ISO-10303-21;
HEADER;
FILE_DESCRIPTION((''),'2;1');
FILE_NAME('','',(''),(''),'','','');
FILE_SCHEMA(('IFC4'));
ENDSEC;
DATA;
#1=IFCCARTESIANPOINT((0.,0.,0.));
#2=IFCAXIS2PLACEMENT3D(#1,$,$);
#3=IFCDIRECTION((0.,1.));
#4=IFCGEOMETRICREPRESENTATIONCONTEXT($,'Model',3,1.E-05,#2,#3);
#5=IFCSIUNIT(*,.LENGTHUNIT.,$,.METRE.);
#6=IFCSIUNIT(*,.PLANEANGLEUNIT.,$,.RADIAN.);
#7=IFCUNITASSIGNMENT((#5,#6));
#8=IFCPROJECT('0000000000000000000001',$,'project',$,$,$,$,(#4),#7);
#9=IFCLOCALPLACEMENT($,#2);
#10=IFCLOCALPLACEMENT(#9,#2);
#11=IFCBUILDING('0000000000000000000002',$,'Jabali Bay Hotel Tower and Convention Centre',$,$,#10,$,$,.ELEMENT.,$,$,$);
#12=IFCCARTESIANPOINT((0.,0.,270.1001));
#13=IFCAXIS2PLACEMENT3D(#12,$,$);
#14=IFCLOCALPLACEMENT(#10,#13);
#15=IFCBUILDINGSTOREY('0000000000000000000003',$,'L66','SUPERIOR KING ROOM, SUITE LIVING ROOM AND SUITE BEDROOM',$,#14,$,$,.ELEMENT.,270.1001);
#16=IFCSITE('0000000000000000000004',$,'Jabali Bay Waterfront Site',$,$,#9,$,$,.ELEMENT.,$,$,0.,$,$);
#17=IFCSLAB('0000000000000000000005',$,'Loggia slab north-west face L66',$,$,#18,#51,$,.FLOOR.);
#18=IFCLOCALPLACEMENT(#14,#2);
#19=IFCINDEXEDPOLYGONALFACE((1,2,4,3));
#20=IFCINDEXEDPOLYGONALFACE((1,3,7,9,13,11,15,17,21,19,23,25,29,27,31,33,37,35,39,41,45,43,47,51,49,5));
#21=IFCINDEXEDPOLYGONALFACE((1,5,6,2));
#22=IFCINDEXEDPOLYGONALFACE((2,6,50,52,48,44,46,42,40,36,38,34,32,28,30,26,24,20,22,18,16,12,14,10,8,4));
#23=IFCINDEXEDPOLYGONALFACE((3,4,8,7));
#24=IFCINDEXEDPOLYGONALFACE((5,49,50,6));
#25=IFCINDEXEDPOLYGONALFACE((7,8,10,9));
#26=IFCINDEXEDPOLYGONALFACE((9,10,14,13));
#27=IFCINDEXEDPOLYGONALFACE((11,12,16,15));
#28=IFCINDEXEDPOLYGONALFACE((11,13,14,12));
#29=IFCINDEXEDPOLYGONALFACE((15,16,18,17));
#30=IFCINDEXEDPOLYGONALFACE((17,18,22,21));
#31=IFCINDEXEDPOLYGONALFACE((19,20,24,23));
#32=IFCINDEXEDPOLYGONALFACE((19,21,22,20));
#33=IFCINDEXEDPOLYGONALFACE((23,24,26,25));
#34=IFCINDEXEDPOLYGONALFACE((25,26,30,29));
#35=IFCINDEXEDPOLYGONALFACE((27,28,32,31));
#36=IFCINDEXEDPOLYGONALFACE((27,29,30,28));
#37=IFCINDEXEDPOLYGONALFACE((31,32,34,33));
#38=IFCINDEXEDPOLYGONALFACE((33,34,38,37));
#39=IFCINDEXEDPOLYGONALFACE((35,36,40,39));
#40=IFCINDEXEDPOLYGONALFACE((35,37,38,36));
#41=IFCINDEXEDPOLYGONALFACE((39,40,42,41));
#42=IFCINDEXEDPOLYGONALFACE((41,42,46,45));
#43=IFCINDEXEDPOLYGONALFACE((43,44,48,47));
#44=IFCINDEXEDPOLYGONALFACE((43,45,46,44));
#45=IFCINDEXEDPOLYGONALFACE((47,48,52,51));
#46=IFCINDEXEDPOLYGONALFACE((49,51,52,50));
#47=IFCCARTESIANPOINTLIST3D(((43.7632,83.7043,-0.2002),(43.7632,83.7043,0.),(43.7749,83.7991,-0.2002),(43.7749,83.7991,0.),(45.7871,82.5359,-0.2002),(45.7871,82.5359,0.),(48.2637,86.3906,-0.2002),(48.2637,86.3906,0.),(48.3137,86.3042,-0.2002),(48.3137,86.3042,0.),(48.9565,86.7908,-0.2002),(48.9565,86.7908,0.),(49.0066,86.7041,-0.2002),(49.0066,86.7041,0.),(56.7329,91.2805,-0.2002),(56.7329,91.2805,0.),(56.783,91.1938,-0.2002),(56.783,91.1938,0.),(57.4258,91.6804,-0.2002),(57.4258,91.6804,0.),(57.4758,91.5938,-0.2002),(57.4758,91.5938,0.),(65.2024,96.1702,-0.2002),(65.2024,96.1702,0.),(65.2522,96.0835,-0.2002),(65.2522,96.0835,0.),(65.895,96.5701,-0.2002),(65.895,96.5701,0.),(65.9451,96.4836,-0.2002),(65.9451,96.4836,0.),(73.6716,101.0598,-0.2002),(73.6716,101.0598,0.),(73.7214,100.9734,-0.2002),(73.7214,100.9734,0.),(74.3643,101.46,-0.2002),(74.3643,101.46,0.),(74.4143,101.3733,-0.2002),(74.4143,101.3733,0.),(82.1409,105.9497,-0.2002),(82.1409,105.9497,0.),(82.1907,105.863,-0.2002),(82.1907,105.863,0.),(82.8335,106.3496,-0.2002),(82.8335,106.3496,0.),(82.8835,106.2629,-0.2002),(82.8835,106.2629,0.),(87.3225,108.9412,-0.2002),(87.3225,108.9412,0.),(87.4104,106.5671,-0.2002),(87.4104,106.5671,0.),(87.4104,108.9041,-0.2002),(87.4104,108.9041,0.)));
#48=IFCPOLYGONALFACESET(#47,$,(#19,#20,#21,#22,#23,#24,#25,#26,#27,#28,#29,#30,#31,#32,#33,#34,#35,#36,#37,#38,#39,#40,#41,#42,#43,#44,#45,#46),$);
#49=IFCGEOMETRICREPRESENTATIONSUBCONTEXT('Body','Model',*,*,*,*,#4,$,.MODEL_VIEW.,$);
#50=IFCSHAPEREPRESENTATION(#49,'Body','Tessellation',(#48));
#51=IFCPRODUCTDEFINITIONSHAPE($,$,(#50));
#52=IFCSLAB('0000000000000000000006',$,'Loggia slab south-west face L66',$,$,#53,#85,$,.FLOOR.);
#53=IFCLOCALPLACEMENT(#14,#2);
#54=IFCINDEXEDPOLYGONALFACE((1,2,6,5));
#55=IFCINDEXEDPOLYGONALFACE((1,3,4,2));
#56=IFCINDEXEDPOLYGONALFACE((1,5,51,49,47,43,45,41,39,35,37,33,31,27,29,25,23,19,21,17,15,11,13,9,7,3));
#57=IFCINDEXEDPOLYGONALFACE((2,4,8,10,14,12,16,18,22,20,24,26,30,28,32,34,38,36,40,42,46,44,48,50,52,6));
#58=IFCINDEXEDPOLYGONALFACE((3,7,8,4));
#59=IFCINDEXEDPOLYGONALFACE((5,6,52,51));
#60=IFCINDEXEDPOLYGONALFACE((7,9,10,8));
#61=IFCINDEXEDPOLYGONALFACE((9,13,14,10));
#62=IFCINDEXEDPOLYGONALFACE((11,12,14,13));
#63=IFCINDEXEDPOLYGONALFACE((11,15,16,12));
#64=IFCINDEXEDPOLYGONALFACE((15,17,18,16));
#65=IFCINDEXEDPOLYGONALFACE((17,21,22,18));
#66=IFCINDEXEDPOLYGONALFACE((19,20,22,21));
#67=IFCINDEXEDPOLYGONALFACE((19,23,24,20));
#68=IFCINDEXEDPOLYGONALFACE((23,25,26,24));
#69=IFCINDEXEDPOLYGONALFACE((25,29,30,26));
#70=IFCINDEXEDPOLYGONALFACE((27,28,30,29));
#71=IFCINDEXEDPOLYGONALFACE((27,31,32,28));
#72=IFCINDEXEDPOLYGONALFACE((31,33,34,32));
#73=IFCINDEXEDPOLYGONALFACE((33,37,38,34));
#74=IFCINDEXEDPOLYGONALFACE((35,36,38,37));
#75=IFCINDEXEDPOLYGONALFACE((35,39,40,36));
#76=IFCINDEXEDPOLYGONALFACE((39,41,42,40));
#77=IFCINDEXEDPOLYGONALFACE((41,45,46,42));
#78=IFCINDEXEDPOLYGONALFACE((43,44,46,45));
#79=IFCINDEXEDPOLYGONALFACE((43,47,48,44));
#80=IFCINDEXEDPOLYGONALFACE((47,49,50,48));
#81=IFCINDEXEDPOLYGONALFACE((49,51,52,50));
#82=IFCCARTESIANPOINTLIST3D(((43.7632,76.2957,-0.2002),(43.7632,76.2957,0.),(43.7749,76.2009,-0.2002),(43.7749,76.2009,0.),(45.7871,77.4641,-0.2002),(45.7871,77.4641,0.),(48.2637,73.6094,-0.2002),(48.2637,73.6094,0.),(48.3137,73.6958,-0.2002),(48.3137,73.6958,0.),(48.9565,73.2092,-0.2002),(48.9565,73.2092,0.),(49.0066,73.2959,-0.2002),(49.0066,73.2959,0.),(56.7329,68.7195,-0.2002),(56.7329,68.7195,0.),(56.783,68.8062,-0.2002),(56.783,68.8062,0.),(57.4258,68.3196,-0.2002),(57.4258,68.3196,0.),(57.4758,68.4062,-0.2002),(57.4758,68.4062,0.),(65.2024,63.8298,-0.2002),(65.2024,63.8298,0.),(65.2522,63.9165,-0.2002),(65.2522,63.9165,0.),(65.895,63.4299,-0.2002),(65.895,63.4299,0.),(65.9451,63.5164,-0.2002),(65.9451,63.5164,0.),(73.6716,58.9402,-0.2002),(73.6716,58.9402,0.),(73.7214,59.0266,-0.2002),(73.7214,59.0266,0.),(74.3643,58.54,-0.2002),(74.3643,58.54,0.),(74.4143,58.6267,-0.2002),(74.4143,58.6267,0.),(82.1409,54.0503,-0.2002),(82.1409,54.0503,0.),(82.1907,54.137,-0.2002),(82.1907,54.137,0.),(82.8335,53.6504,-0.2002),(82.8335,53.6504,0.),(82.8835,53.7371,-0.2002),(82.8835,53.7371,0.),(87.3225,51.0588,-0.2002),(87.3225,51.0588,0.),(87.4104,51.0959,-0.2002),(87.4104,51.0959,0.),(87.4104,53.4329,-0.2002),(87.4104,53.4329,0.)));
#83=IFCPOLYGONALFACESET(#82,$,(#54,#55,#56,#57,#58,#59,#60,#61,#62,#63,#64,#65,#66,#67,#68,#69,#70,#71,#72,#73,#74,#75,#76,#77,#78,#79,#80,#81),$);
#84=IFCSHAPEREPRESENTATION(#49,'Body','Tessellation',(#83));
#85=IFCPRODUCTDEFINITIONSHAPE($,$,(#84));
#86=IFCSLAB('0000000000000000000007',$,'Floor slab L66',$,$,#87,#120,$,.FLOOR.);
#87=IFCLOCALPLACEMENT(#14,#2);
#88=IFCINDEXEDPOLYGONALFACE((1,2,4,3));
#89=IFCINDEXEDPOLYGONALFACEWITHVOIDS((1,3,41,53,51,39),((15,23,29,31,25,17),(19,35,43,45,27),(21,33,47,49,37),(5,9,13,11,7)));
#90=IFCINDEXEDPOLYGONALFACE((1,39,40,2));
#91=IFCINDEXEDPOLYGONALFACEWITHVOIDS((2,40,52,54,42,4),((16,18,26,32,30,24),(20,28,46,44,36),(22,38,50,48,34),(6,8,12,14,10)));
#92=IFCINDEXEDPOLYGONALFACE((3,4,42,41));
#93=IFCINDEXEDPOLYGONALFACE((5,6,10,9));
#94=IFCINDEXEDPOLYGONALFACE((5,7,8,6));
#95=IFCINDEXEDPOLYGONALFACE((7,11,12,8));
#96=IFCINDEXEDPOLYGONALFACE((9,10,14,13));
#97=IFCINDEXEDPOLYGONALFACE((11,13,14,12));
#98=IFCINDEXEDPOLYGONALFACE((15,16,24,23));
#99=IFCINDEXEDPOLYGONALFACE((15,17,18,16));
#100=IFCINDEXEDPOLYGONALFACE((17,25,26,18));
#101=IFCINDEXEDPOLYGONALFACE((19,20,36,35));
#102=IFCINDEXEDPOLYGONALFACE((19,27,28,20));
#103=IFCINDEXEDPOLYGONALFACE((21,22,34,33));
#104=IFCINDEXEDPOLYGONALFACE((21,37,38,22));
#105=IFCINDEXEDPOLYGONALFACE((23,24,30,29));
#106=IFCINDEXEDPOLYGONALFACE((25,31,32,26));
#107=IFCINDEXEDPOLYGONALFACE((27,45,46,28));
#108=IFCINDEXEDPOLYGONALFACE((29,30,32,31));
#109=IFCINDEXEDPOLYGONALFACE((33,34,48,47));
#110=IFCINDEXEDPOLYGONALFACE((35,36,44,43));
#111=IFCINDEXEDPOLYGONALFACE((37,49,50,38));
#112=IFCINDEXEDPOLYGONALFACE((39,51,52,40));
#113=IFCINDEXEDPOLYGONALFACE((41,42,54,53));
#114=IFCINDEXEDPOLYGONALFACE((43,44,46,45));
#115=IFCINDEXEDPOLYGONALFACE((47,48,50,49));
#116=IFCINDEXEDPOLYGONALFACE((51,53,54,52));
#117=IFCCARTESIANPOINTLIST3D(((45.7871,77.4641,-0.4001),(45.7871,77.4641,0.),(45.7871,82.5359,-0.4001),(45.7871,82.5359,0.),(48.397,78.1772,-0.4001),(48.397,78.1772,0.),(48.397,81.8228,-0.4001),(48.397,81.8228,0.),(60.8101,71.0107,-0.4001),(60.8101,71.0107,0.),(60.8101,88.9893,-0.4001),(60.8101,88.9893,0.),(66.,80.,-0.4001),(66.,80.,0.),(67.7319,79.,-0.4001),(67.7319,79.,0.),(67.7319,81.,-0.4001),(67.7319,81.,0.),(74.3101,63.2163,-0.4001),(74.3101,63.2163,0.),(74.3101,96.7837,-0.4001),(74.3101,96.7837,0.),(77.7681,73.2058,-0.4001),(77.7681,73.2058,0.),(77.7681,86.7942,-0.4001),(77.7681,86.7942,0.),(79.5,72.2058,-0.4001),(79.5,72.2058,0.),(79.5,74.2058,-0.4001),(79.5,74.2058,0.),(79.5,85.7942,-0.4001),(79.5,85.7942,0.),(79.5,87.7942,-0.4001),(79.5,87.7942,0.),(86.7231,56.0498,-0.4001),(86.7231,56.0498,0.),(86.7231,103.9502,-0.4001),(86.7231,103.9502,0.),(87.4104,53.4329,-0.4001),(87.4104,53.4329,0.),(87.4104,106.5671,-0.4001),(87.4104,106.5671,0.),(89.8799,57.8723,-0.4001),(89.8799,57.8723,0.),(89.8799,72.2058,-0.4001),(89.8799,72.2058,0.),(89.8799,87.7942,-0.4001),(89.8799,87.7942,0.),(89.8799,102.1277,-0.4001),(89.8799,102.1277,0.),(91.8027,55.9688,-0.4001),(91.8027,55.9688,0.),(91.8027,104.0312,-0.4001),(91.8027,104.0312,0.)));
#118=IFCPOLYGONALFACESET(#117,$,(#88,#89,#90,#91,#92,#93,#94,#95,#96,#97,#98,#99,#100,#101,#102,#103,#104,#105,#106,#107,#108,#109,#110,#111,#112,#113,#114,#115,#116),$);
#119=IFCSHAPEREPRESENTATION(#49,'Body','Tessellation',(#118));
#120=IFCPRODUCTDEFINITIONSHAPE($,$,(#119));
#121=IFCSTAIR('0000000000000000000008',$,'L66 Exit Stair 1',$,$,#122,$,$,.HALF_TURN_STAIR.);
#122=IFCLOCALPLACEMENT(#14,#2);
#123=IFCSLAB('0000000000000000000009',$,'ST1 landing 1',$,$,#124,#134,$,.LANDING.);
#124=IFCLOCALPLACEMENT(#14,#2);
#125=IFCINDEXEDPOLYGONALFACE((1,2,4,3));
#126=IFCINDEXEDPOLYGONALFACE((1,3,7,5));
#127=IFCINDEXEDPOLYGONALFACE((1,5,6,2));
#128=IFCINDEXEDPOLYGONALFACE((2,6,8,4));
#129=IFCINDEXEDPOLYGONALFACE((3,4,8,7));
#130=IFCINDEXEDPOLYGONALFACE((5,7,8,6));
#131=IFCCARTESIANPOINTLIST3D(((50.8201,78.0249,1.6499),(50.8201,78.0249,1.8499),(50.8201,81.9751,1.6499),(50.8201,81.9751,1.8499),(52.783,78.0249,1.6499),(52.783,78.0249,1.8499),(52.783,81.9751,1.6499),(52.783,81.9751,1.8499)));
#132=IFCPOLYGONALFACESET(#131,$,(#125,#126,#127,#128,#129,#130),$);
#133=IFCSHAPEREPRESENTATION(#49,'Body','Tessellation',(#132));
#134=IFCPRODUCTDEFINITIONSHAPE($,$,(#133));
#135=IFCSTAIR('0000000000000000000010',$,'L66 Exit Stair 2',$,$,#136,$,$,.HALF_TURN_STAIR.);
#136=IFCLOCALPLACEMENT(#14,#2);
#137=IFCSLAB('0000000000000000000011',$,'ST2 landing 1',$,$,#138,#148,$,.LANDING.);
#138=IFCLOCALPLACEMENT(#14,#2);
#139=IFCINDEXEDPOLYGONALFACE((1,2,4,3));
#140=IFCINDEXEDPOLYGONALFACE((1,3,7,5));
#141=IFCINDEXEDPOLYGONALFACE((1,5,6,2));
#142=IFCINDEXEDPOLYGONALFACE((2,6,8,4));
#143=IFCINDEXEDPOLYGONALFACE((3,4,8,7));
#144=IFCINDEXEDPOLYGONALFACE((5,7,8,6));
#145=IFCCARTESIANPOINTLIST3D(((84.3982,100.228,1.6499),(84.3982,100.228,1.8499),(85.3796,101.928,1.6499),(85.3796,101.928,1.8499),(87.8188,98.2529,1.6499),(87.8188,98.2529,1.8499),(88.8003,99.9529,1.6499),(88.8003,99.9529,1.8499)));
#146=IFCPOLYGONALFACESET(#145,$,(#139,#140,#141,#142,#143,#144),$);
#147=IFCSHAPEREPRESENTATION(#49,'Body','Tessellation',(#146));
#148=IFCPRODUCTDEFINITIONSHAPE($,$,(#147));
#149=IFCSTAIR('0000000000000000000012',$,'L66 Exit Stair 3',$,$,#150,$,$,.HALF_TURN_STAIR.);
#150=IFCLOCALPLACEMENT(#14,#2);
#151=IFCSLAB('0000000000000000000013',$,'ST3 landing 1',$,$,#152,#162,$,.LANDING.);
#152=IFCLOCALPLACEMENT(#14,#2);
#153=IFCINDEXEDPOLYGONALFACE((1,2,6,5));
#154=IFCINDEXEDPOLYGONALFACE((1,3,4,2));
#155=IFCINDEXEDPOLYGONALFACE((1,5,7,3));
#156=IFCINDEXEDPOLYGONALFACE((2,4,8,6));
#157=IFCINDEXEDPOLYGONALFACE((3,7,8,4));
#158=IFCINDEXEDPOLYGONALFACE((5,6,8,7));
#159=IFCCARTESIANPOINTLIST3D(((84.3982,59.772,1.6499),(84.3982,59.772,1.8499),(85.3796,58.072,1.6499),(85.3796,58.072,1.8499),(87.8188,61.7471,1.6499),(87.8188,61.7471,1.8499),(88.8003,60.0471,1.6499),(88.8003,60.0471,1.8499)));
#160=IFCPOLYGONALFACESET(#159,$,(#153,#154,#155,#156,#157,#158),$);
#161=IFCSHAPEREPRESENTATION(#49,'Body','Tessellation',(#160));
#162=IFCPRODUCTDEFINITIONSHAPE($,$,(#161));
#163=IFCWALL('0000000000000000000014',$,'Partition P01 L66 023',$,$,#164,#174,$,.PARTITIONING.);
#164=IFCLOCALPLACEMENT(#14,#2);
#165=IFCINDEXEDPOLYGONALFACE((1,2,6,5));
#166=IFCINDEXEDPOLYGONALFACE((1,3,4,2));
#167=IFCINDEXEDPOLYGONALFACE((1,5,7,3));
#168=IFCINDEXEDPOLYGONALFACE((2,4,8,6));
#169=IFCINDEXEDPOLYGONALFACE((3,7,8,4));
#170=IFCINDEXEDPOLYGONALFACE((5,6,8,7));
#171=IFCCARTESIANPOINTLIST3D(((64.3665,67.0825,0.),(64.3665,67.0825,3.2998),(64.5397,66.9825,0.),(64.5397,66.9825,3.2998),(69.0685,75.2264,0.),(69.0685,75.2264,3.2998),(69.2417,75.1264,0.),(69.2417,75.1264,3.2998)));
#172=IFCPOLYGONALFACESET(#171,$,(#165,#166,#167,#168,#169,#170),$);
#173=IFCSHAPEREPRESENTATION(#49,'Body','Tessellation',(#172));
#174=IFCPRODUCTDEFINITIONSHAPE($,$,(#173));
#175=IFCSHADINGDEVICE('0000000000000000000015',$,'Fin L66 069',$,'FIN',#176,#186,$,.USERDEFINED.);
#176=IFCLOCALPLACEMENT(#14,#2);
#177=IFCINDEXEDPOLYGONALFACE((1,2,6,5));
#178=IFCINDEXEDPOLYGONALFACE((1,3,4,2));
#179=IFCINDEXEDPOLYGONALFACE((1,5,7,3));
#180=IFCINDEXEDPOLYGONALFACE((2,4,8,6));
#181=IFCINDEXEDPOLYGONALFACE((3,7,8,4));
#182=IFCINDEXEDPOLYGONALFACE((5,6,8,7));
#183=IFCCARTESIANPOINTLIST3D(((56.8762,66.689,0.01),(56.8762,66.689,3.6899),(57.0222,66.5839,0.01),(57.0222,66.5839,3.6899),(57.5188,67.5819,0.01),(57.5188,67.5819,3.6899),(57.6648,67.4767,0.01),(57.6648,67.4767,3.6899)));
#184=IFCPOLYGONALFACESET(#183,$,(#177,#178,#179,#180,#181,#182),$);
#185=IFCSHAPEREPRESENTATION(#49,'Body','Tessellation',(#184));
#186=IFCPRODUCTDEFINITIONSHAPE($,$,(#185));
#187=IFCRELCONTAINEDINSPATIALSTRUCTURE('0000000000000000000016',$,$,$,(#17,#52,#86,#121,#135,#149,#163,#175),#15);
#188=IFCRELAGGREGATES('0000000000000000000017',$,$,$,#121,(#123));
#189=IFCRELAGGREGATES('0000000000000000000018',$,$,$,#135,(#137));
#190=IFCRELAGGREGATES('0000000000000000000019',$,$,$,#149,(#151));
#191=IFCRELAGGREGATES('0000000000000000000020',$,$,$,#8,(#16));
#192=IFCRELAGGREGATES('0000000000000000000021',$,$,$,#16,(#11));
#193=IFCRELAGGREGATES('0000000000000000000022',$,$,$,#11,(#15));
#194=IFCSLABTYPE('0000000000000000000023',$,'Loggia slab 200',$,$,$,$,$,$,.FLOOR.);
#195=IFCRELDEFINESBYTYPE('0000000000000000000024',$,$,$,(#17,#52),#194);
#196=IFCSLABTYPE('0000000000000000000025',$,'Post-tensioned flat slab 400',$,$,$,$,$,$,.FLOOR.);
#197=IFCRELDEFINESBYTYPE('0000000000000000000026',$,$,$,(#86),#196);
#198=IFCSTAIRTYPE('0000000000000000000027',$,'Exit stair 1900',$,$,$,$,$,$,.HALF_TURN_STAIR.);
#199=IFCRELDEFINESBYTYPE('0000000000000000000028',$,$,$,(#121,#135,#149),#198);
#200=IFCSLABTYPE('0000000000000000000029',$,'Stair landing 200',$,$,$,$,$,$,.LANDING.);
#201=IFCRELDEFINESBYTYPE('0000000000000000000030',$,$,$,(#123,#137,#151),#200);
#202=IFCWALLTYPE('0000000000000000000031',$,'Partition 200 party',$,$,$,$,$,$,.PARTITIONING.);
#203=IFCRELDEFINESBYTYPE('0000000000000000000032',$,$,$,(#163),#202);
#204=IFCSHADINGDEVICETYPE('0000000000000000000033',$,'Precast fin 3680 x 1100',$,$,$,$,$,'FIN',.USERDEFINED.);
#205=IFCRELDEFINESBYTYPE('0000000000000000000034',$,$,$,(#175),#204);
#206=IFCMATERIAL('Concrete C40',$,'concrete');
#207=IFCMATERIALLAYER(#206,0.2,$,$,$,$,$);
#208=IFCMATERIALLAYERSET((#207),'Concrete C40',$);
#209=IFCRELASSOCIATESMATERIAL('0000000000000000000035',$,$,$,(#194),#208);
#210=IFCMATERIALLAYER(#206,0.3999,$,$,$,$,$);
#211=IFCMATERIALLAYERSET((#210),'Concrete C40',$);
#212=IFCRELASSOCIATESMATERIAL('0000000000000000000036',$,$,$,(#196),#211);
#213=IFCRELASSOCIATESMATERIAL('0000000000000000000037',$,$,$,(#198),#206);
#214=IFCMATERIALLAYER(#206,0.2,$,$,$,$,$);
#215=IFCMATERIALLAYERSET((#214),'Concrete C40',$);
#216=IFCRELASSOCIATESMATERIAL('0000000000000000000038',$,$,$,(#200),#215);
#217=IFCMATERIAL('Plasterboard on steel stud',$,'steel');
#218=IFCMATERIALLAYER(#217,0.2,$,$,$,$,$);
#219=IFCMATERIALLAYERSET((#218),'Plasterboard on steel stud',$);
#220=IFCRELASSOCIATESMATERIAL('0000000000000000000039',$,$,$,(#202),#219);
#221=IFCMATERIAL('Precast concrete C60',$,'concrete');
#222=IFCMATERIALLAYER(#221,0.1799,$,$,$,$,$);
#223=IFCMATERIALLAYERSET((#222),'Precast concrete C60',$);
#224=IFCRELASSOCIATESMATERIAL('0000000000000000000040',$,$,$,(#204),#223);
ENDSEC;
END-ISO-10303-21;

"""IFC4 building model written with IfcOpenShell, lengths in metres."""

from ifc_helpers import new_model, si_unit, direction, frame, frame_2d, origin, place, context, subcontext, project, spatial, polyline, rectangle, outline, extrude, material, layer, layer_set, type_object, element, aggregate, save


model = new_model("IFC4")

# Units and contexts
model_context = context("Model", 3, precision=1e-05, world=origin(), true_north=direction((0.0, 1.0)))
body_context = subcontext(model_context, "Body", "Model", "MODEL_VIEW")
ifc_project = project(units=[si_unit("LENGTHUNIT", "METRE"), si_unit("PLANEANGLEUNIT", "RADIAN")], contexts=[model_context])

# Site, building, storey
site_placement = place(None, origin())
site = spatial("IfcSite", under=ifc_project, at=site_placement, Name="Jabali Bay Waterfront Site", CompositionType="ELEMENT", RefElevation=0.0)
building_placement = place(site_placement, origin())
building = spatial("IfcBuilding", under=site, at=building_placement, Name="Jabali Bay Hotel Tower and Convention Centre", CompositionType="ELEMENT")
storey_placement = place(building_placement, frame((0.0, 0.0, 270.1001)))
storey = spatial("IfcBuildingStorey", under=building, at=storey_placement, Name="L66", Description="SUPERIOR KING ROOM, SUITE LIVING ROOM AND SUITE BEDROOM", CompositionType="ELEMENT", Elevation=270.1001)

# Slabs
ifc_material_1 = material(Name="Concrete C40", Category="concrete")
ifc_layer_1 = layer(ifc_material_1, 0.2)
ifc_layer_set_1 = layer_set([ifc_layer_1], Name="Concrete C40")
slab_type_1 = type_object("IfcSlabType", Name="Loggia slab 200", PredefinedType="FLOOR", material=ifc_layer_set_1)
slab_1_placement = place(storey_placement, frame((0.0, 0.0, -0.2002)))
element("IfcSlab", 1, at=slab_1_placement, inside=storey, type_object=slab_type_1, Name="Loggia slab north-west face L66", PredefinedType="FLOOR", context=body_context, shape_type="SweptSolid", body=[
    extrude(outline(polyline([(45.7871, 82.5359), (43.7632, 83.7043), (43.7749, 83.7991), (48.2637, 86.3906), (48.3137, 86.3042), (49.0066, 86.7041), (48.9565, 86.7908), (56.7329, 91.2805), (56.783, 91.1938), (57.4758, 91.5938), (57.4258, 91.6804), (65.2024, 96.1702), (65.2522, 96.0835), (65.9451, 96.4836), (65.895, 96.5701), (73.6716, 101.0598), (73.7214, 100.9734), (74.4143, 101.3733), (74.3643, 101.46), (82.1409, 105.9497), (82.1907, 105.863), (82.8835, 106.2629), (82.8335, 106.3496), (87.3225, 108.9412), (87.4104, 108.9041), (87.4104, 106.5671), (45.7871, 82.5359)])), origin(), (0.0, 0.0, 1.0), 0.2002),
])
slab_2_placement = place(storey_placement, frame((0.0, 0.0, -0.2002)))
element("IfcSlab", 2, at=slab_2_placement, inside=storey, type_object=slab_type_1, Name="Loggia slab south-west face L66", PredefinedType="FLOOR", context=body_context, shape_type="SweptSolid", body=[
    extrude(outline(polyline([(87.4104, 53.4329), (87.4104, 51.0959), (87.3225, 51.0588), (82.8335, 53.6504), (82.8835, 53.7371), (82.1907, 54.137), (82.1409, 54.0503), (74.3643, 58.54), (74.4143, 58.6267), (73.7214, 59.0266), (73.6716, 58.9402), (65.895, 63.4299), (65.9451, 63.5164), (65.2522, 63.9165), (65.2024, 63.8298), (57.4258, 68.3196), (57.4758, 68.4062), (56.783, 68.8062), (56.7329, 68.7195), (48.9565, 73.2092), (49.0066, 73.2959), (48.3137, 73.6958), (48.2637, 73.6094), (43.7749, 76.2009), (43.7632, 76.2957), (45.7871, 77.4641), (87.4104, 53.4329)])), origin(), (0.0, 0.0, 1.0), 0.2002),
])
ifc_layer_2 = layer(ifc_material_1, 0.3999)
ifc_layer_set_2 = layer_set([ifc_layer_2], Name="Concrete C40")
slab_type_2 = type_object("IfcSlabType", Name="Post-tensioned flat slab 400", PredefinedType="FLOOR", material=ifc_layer_set_2)
slab_3_placement = place(storey_placement, frame((0.0, 0.0, -0.4001)))
element("IfcSlab", 3, at=slab_3_placement, inside=storey, type_object=slab_type_2, Name="Floor slab L66", PredefinedType="FLOOR", context=body_context, shape_type="SweptSolid", body=[
    extrude(outline(polyline([(87.4104, 106.5671), (91.8027, 104.0312), (91.8027, 55.9688), (87.4104, 53.4329), (45.7871, 77.4641), (45.7871, 82.5359), (87.4104, 106.5671)]), holes=[polyline([(67.7319, 79.0), (77.7681, 73.2058), (79.5, 74.2058), (79.5, 85.7942), (77.7681, 86.7942), (67.7319, 81.0), (67.7319, 79.0)]), polyline([(48.397, 78.1772), (60.8101, 71.0107), (66.0, 80.0), (60.8101, 88.9893), (48.397, 81.8228), (48.397, 78.1772)]), polyline([(89.8799, 102.1277), (86.7231, 103.9502), (74.3101, 96.7837), (79.5, 87.7942), (89.8799, 87.7942), (89.8799, 102.1277)]), polyline([(74.3101, 63.2163), (86.7231, 56.0498), (89.8799, 57.8723), (89.8799, 72.2058), (79.5, 72.2058), (74.3101, 63.2163)])]), origin(), (0.0, 0.0, 1.0), 0.4001),
])

# Stairs, slabs
stair_type = type_object("IfcStairType", Name="Exit stair 1900", PredefinedType="HALF_TURN_STAIR", material=ifc_material_1)
stair_1_placement = place(storey_placement, origin())
stair_1 = element("IfcStair", 4, at=stair_1_placement, inside=storey, type_object=stair_type, Name="L66 Exit Stair 1", PredefinedType="HALF_TURN_STAIR")
ifc_layer_3 = layer(ifc_material_1, 0.2)
ifc_layer_set_3 = layer_set([ifc_layer_3], Name="Concrete C40")
slab_type_3 = type_object("IfcSlabType", Name="Stair landing 200", PredefinedType="LANDING", material=ifc_layer_set_3)
slab_4_placement = place(storey_placement, frame((0.0, 0.0, 1.6499)))
slab_4 = element("IfcSlab", 5, at=slab_4_placement, type_object=slab_type_3, Name="ST1 landing 1", PredefinedType="LANDING", context=body_context, shape_type="SweptSolid", body=[
    extrude(outline(polyline([(52.783, 81.9751), (50.8201, 81.9751), (50.8201, 78.0249), (52.783, 78.0249), (52.783, 81.9751)])), origin(), (0.0, 0.0, 1.0), 0.2),
])
aggregate(stair_1, [slab_4])
stair_2_placement = place(storey_placement, origin())
stair_2 = element("IfcStair", 6, at=stair_2_placement, inside=storey, type_object=stair_type, Name="L66 Exit Stair 2", PredefinedType="HALF_TURN_STAIR")
slab_5_placement = place(storey_placement, frame((0.0, 0.0, 1.6499)))
slab_5 = element("IfcSlab", 7, at=slab_5_placement, type_object=slab_type_3, Name="ST2 landing 1", PredefinedType="LANDING", context=body_context, shape_type="SweptSolid", body=[
    extrude(outline(polyline([(87.8188, 98.2529), (88.8003, 99.9529), (85.3796, 101.928), (84.3982, 100.228), (87.8188, 98.2529)])), origin(), (0.0, 0.0, 1.0), 0.2),
])
aggregate(stair_2, [slab_5])
stair_3_placement = place(storey_placement, origin())
stair_3 = element("IfcStair", 8, at=stair_3_placement, inside=storey, type_object=stair_type, Name="L66 Exit Stair 3", PredefinedType="HALF_TURN_STAIR")
slab_6_placement = place(storey_placement, frame((0.0, 0.0, 1.6499)))
slab_6 = element("IfcSlab", 9, at=slab_6_placement, type_object=slab_type_3, Name="ST3 landing 1", PredefinedType="LANDING", context=body_context, shape_type="SweptSolid", body=[
    extrude(outline(polyline([(84.3982, 59.772), (85.3796, 58.072), (88.8003, 60.0471), (87.8188, 61.7471), (84.3982, 59.772)])), origin(), (0.0, 0.0, 1.0), 0.2),
])
aggregate(stair_3, [slab_6])

# Wall
ifc_material_2 = material(Name="Plasterboard on steel stud", Category="steel")
ifc_layer_4 = layer(ifc_material_2, 0.2)
ifc_layer_set_4 = layer_set([ifc_layer_4], Name="Plasterboard on steel stud")
wall_type = type_object("IfcWallType", Name="Partition 200 party", PredefinedType="PARTITIONING", material=ifc_layer_set_4)
wall_placement = place(storey_placement, frame((64.4531, 67.0325, 0.0), z_axis=(0.0, 0.0, 1.0), x_axis=(0.500006, 0.866022, 0.0)))
element("IfcWall", 10, at=wall_placement, inside=storey, type_object=wall_type, Name="Partition P01 L66 023", PredefinedType="PARTITIONING", context=body_context, shape_type="SweptSolid", body=[
    extrude(rectangle(XDim=9.4038, YDim=0.2, at=frame_2d((4.7019, 0.0))), origin(), (0.0, 0.0, 1.0), 3.2998),
])

# Shading device
ifc_material_3 = material(Name="Precast concrete C60", Category="concrete")
ifc_layer_5 = layer(ifc_material_3, 0.1799)
ifc_layer_set_5 = layer_set([ifc_layer_5], Name="Precast concrete C60")
shading_device_type = type_object("IfcShadingDeviceType", Name="Precast fin 3680 x 1100", ElementType="FIN", PredefinedType="USERDEFINED", material=ifc_layer_set_5)
shading_device_1_placement = place(storey_placement, frame((57.5918, 67.5293, 0.01), z_axis=(0.0, 0.0, 1.0), x_axis=(-0.584153, -0.811644, 0.0)))
element("IfcShadingDevice", 11, at=shading_device_1_placement, inside=storey, type_object=shading_device_type, Name="Fin L66 069", ObjectType="FIN", PredefinedType="USERDEFINED", context=body_context, shape_type="SweptSolid", body=[
    extrude(rectangle(XDim=1.1001, YDim=0.1799, at=frame_2d((0.55, 0.0))), origin(), (0.0, 0.0, 1.0), 3.6799),
])

save(model, "model.ifc")
